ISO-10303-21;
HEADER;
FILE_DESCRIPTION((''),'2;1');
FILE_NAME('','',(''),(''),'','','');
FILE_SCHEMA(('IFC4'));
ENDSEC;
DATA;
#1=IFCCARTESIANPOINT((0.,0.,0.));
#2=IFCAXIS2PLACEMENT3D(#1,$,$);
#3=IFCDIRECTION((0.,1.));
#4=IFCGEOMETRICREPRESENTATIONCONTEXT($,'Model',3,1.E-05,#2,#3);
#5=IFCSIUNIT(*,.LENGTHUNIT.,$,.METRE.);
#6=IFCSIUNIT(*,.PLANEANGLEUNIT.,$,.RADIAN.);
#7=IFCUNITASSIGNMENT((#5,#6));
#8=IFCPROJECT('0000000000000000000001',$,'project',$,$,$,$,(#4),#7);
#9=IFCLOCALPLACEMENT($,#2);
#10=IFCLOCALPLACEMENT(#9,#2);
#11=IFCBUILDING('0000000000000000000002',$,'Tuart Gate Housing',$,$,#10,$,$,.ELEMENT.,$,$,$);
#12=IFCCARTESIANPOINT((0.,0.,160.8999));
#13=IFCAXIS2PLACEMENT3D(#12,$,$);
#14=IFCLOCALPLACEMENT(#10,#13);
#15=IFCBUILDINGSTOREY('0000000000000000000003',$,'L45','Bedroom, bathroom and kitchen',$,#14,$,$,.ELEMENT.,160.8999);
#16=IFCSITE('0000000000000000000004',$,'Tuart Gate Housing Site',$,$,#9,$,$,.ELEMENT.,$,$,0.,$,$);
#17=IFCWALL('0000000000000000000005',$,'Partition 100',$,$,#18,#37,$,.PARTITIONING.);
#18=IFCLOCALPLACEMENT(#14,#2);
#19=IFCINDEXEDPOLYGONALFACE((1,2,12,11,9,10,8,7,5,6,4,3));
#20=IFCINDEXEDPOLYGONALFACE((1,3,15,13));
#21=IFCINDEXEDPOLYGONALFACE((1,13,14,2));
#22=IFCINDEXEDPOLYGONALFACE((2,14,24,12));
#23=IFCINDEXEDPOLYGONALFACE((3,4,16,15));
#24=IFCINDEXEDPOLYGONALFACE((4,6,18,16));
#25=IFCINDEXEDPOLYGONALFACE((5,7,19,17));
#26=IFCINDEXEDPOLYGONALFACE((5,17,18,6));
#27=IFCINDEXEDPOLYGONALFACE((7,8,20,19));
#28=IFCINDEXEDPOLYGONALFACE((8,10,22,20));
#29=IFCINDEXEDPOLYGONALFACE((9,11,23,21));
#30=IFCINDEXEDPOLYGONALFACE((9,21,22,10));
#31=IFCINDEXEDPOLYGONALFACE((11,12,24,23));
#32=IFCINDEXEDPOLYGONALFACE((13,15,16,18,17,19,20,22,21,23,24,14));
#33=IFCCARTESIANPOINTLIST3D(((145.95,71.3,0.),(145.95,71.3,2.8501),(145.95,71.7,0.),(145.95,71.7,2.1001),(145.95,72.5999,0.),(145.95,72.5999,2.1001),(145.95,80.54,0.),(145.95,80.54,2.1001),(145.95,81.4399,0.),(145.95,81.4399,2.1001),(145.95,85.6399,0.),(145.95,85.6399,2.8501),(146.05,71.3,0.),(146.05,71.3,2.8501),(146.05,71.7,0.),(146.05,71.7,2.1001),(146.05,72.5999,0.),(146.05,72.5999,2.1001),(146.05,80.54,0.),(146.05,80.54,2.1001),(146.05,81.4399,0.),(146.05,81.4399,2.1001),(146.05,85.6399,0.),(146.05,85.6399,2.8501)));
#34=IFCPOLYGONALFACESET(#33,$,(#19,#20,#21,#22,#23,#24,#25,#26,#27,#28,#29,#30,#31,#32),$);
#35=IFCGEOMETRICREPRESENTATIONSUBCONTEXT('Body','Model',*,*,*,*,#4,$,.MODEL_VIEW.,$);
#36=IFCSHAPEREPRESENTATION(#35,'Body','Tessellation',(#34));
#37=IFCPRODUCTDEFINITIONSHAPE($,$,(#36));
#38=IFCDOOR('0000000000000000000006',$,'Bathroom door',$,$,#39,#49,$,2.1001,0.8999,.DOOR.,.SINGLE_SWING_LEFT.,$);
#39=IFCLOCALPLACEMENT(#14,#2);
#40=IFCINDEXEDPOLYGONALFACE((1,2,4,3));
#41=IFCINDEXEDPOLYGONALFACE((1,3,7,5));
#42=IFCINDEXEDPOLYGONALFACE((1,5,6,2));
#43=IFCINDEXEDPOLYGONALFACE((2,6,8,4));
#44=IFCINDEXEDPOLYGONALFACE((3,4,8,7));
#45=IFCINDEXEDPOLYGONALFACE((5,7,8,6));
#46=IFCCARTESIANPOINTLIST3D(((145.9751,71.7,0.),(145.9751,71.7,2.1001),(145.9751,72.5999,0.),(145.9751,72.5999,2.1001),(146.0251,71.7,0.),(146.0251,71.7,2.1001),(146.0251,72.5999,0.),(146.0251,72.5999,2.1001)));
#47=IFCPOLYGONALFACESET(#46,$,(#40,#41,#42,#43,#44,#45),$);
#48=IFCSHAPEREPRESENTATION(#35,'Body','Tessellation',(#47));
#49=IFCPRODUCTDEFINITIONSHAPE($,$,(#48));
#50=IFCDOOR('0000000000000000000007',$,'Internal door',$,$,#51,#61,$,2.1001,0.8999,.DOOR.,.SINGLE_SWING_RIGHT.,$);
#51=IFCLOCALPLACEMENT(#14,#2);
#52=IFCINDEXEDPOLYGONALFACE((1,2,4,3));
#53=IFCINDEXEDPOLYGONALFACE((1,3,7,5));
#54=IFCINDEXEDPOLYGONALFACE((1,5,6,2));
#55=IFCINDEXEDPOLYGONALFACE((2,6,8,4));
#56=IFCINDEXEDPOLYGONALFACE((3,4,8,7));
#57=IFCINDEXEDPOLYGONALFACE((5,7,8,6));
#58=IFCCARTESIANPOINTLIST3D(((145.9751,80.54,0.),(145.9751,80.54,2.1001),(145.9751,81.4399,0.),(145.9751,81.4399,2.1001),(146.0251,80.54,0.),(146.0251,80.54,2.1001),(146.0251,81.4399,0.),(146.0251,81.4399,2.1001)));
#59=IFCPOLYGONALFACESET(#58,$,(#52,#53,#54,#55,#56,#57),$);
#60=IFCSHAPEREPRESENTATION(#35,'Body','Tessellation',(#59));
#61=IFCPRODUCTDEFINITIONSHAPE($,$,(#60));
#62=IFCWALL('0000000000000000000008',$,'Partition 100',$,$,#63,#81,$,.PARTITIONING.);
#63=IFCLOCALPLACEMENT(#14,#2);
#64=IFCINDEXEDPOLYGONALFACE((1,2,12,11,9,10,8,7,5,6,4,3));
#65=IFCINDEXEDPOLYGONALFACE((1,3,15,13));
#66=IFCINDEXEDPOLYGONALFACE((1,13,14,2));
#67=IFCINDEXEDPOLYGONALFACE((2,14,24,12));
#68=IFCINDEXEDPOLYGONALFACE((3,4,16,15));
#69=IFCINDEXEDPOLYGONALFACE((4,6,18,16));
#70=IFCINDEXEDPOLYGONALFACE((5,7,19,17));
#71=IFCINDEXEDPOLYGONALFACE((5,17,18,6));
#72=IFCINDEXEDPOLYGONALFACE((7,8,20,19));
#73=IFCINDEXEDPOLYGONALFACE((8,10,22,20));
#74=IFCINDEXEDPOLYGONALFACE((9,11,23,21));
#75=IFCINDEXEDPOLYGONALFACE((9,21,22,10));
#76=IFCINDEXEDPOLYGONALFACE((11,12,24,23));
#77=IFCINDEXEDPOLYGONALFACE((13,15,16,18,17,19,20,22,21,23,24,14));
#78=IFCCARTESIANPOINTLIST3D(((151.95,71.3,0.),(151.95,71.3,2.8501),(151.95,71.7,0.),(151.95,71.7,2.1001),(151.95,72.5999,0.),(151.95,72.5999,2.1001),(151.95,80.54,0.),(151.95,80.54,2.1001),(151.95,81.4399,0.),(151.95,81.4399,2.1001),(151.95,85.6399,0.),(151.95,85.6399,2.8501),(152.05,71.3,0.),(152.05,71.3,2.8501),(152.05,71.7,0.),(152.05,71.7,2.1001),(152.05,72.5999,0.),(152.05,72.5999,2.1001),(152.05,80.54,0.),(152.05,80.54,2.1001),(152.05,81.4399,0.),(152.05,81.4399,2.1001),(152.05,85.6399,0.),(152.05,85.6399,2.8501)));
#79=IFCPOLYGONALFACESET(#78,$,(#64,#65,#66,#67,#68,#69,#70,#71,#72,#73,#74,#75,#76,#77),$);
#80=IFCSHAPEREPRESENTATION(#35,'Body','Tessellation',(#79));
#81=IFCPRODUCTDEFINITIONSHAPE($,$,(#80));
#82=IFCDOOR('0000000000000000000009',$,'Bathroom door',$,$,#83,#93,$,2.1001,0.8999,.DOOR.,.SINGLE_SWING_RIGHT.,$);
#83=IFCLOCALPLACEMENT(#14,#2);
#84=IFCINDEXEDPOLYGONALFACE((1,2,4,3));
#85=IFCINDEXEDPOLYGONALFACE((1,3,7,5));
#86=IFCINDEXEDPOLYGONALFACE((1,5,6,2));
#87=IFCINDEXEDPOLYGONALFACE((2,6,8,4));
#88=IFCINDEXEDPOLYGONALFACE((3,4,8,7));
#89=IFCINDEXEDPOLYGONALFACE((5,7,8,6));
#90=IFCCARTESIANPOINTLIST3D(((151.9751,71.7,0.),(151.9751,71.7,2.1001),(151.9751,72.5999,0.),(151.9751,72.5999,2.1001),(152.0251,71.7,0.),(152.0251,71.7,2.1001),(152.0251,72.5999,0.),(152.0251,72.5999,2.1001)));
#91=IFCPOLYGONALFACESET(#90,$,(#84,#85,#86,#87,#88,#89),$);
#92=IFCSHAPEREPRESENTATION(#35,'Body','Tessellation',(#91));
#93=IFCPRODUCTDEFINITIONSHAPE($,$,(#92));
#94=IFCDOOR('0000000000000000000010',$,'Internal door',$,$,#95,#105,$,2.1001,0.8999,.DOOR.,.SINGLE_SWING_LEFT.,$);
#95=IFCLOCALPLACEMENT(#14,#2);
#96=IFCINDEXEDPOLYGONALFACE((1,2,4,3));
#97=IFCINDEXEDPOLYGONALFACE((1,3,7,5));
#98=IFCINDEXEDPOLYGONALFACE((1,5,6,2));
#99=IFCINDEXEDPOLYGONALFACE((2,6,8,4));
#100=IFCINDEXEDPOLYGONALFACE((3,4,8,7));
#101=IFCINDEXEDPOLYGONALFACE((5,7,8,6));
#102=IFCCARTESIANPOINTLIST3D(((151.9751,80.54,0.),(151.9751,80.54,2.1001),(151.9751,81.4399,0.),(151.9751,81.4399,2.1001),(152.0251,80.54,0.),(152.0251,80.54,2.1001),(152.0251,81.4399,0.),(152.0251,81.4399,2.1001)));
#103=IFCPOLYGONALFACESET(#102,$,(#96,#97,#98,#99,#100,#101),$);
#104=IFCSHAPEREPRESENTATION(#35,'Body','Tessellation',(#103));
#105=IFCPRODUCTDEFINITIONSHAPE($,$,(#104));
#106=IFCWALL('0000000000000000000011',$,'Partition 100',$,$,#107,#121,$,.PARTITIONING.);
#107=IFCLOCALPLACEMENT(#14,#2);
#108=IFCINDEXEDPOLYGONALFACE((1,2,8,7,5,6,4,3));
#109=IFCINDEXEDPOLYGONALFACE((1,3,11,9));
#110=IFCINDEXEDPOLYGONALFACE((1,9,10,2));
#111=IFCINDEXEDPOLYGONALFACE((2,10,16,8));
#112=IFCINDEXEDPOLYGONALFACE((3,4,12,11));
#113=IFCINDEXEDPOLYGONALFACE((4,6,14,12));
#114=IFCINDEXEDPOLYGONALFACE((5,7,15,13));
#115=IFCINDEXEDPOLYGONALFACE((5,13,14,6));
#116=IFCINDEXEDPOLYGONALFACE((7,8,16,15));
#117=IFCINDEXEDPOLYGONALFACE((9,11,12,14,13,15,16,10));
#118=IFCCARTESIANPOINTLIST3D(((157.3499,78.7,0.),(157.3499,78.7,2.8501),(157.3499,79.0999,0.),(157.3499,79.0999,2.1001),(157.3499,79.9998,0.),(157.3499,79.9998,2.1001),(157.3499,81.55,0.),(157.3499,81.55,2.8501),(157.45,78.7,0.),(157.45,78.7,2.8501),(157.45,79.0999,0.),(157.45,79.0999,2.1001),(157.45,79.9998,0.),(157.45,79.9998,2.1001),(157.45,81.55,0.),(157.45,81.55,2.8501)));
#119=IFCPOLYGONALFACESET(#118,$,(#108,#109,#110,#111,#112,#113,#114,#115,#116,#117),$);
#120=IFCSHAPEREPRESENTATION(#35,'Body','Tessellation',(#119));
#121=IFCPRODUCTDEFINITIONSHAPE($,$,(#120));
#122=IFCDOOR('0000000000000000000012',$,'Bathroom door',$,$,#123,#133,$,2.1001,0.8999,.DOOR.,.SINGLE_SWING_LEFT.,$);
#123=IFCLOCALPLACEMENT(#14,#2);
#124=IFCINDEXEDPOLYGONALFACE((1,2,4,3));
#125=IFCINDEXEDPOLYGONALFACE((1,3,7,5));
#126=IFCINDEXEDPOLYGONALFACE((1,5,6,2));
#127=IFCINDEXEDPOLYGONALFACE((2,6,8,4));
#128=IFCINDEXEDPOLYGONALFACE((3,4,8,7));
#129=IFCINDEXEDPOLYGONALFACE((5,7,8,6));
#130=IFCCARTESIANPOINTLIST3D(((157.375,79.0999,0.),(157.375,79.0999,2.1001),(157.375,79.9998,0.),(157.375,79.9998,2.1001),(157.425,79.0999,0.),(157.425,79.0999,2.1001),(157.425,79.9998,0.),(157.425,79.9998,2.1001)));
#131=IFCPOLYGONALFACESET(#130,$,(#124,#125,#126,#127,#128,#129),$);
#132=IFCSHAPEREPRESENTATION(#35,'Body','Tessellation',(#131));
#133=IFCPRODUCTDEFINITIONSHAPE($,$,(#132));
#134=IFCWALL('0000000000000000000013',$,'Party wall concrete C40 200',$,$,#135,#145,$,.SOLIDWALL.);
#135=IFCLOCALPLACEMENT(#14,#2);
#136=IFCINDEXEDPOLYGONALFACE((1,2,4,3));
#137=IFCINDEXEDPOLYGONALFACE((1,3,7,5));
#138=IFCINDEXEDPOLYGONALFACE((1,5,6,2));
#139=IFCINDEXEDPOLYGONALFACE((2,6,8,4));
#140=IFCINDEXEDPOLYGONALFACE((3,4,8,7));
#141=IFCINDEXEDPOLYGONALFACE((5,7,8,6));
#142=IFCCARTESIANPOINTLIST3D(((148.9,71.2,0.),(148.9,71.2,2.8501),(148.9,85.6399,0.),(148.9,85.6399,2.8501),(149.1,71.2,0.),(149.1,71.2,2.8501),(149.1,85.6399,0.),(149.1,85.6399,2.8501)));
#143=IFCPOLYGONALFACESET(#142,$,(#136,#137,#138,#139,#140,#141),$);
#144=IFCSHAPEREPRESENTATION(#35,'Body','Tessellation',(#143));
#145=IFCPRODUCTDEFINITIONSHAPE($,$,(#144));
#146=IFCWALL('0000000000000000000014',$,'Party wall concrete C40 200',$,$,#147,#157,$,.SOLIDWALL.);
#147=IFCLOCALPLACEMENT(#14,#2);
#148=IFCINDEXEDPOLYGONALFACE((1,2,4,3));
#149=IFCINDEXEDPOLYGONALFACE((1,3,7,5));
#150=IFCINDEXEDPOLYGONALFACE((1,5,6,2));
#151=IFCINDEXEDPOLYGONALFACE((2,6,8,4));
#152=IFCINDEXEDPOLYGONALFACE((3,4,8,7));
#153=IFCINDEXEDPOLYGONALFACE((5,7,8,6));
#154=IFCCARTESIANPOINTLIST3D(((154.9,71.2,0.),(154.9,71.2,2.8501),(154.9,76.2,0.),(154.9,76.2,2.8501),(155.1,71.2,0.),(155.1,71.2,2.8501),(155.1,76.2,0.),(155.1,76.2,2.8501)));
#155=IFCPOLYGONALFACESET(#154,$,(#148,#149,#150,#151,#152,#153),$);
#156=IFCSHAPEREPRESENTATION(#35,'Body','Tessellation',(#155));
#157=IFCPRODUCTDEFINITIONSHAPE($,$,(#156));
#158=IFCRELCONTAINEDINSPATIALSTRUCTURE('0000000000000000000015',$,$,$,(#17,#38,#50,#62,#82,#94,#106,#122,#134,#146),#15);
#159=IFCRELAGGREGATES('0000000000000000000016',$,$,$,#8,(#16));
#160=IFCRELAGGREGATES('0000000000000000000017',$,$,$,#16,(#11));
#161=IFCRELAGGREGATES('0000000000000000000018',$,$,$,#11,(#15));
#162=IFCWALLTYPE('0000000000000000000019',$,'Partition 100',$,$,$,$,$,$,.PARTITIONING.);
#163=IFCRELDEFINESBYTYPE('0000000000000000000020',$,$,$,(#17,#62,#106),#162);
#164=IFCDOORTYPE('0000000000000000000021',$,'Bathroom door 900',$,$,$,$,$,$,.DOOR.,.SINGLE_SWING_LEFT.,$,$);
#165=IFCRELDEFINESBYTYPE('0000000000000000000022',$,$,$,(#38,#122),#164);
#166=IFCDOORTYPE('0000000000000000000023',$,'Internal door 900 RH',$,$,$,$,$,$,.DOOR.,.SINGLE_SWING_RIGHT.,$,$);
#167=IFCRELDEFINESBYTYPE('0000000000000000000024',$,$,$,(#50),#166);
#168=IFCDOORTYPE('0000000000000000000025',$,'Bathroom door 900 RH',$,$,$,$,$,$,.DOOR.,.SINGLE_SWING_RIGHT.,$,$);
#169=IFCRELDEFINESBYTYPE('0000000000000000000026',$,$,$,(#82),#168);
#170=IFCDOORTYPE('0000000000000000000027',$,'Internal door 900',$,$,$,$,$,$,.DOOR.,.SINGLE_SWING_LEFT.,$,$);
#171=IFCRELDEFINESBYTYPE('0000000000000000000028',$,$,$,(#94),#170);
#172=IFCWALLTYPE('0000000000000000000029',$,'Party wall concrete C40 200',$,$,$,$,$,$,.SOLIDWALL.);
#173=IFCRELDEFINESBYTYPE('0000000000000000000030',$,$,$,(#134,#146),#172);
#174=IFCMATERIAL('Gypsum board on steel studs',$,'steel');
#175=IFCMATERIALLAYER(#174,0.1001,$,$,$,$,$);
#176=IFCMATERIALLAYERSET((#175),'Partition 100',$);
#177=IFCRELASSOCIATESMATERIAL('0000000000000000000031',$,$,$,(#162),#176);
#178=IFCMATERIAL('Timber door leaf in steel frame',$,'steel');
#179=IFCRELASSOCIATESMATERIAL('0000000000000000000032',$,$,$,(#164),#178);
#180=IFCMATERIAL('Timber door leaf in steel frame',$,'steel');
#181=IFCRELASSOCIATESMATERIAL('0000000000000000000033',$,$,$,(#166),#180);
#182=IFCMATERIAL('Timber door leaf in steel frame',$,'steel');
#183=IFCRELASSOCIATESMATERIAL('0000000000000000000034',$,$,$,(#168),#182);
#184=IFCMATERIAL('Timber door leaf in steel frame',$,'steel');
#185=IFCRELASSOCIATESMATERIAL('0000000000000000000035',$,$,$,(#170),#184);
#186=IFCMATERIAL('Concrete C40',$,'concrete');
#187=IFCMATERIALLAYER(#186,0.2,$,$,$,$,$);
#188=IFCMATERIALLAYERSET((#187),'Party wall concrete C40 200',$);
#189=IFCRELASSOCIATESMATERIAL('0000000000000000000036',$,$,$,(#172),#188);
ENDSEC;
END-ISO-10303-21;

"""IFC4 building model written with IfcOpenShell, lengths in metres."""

from ifc_helpers import new_model, si_unit, direction, frame, frame_2d, origin, place, context, subcontext, project, spatial, rectangle, extrude, material, layer, layer_set, type_object, element, fill, save


model = new_model("IFC4")

# Units and contexts
model_context = context("Model", 3, precision=1e-05, world=origin(), true_north=direction((0.0, 1.0)))
body_context = subcontext(model_context, "Body", "Model", "MODEL_VIEW")
ifc_project = project(units=[si_unit("LENGTHUNIT", "METRE"), si_unit("PLANEANGLEUNIT", "RADIAN")], contexts=[model_context])

# Site, building, storey
site_placement = place(None, origin())
site = spatial("IfcSite", under=ifc_project, at=site_placement, Name="Tuart Gate Housing Site", CompositionType="ELEMENT", RefElevation=0.0)
building_placement = place(site_placement, origin())
building = spatial("IfcBuilding", under=site, at=building_placement, Name="Tuart Gate Housing", CompositionType="ELEMENT")
storey_placement = place(building_placement, frame((0.0, 0.0, 160.8999)))
storey = spatial("IfcBuildingStorey", under=building, at=storey_placement, Name="L45", Description="Bedroom, bathroom and kitchen", CompositionType="ELEMENT", Elevation=160.8999)

# Shared definitions
ifc_material_1 = material(Name="Gypsum board on steel studs", Category="steel")
ifc_layer_1 = layer(ifc_material_1, 0.1001)
ifc_layer_set_1 = layer_set([ifc_layer_1], Name="Partition 100")
wall_type_1 = type_object("IfcWallType", Name="Partition 100", PredefinedType="PARTITIONING", material=ifc_layer_set_1)

# Walls, openings, doors
wall_1_placement = place(storey_placement, frame((146.0, 71.3, 0.0), z_axis=(0.0, 0.0, 1.0), x_axis=(0.0, 1.0, 0.0)))
wall_1 = element("IfcWall", 1, at=wall_1_placement, inside=storey, type_object=wall_type_1, Name="Partition 100", PredefinedType="PARTITIONING", context=body_context, shape_type="SweptSolid", body=[
    extrude(rectangle(XDim=14.3398, YDim=0.1001, at=frame_2d((7.1699, 0.0))), origin(), (0.0, 0.0, 1.0), 2.8501),
])
opening_1_placement = place(wall_1_placement, frame((9.24, 0.0, 0.0)))
opening_1 = element("IfcOpeningElement", 2, at=opening_1_placement, cuts=wall_1, PredefinedType="OPENING", context=body_context, shape_type="SweptSolid", body=[
    extrude(rectangle(XDim=0.8999, YDim=2.1001, at=frame_2d((0.45, 1.05))), frame((0.0, 0.0601, 0.0), z_axis=(0.0, -1.0, 0.0), x_axis=(1.0, 0.0, 0.0)), (0.0, 0.0, 1.0), 0.1201),
])
opening_2_placement = place(wall_1_placement, frame((0.3999, 0.0, 0.0)))
opening_2 = element("IfcOpeningElement", 3, at=opening_2_placement, cuts=wall_1, PredefinedType="OPENING", context=body_context, shape_type="SweptSolid", body=[
    extrude(rectangle(XDim=0.8999, YDim=2.1001, at=frame_2d((0.45, 1.05))), frame((0.0, 0.0601, 0.0), z_axis=(0.0, -1.0, 0.0), x_axis=(1.0, 0.0, 0.0)), (0.0, 0.0, 1.0), 0.1201),
])
ifc_material_2 = material(Name="Timber door leaf in steel frame", Category="steel")
door_type_1 = type_object("IfcDoorType", Name="Bathroom door 900", OperationType="SINGLE_SWING_LEFT", PredefinedType="DOOR", material=ifc_material_2)
door_1_placement = place(opening_2_placement, origin())
door_1 = element("IfcDoor", 4, at=door_1_placement, inside=storey, type_object=door_type_1, Name="Bathroom door", OperationType="SINGLE_SWING_LEFT", OverallHeight=2.1001, OverallWidth=0.8999, PredefinedType="DOOR", context=body_context, shape_type="SweptSolid", body=[
    extrude(rectangle(XDim=0.8999, YDim=2.1001, at=frame_2d((0.45, 1.05))), frame((0.0, 0.0249, 0.0), z_axis=(0.0, -1.0, 0.0), x_axis=(1.0, 0.0, 0.0)), (0.0, 0.0, 1.0), 0.05),
])
fill(opening_2, door_1)
ifc_material_3 = material(Name="Timber door leaf in steel frame", Category="steel")
door_type_2 = type_object("IfcDoorType", Name="Internal door 900 RH", OperationType="SINGLE_SWING_RIGHT", PredefinedType="DOOR", material=ifc_material_3)
door_2_placement = place(opening_1_placement, origin())
door_2 = element("IfcDoor", 5, at=door_2_placement, inside=storey, type_object=door_type_2, Name="Internal door", OperationType="SINGLE_SWING_RIGHT", OverallHeight=2.1001, OverallWidth=0.8999, PredefinedType="DOOR", context=body_context, shape_type="SweptSolid", body=[
    extrude(rectangle(XDim=0.8999, YDim=2.1001, at=frame_2d((0.45, 1.05))), frame((0.0, 0.0249, 0.0), z_axis=(0.0, -1.0, 0.0), x_axis=(1.0, 0.0, 0.0)), (0.0, 0.0, 1.0), 0.05),
])
fill(opening_1, door_2)
wall_2_placement = place(storey_placement, frame((152.0, 71.3, 0.0), z_axis=(0.0, 0.0, 1.0), x_axis=(0.0, 1.0, 0.0)))
wall_2 = element("IfcWall", 6, at=wall_2_placement, inside=storey, type_object=wall_type_1, Name="Partition 100", PredefinedType="PARTITIONING", context=body_context, shape_type="SweptSolid", body=[
    extrude(rectangle(XDim=14.3398, YDim=0.1001, at=frame_2d((7.1699, 0.0))), origin(), (0.0, 0.0, 1.0), 2.8501),
])
opening_3_placement = place(wall_2_placement, frame((9.24, 0.0, 0.0)))
opening_3 = element("IfcOpeningElement", 7, at=opening_3_placement, cuts=wall_2, PredefinedType="OPENING", context=body_context, shape_type="SweptSolid", body=[
    extrude(rectangle(XDim=0.8999, YDim=2.1001, at=frame_2d((0.45, 1.05))), frame((0.0, 0.0601, 0.0), z_axis=(0.0, -1.0, 0.0), x_axis=(1.0, 0.0, 0.0)), (0.0, 0.0, 1.0), 0.1201),
])
opening_4_placement = place(wall_2_placement, frame((0.3999, 0.0, 0.0)))
opening_4 = element("IfcOpeningElement", 8, at=opening_4_placement, cuts=wall_2, PredefinedType="OPENING", context=body_context, shape_type="SweptSolid", body=[
    extrude(rectangle(XDim=0.8999, YDim=2.1001, at=frame_2d((0.45, 1.05))), frame((0.0, 0.0601, 0.0), z_axis=(0.0, -1.0, 0.0), x_axis=(1.0, 0.0, 0.0)), (0.0, 0.0, 1.0), 0.1201),
])
ifc_material_4 = material(Name="Timber door leaf in steel frame", Category="steel")
door_type_3 = type_object("IfcDoorType", Name="Bathroom door 900 RH", OperationType="SINGLE_SWING_RIGHT", PredefinedType="DOOR", material=ifc_material_4)
door_3_placement = place(opening_4_placement, frame((0.8999, 0.0, 0.0), z_axis=(0.0, 0.0, 1.0), x_axis=(-1.0, 0.0, 0.0)))
door_3 = element("IfcDoor", 9, at=door_3_placement, inside=storey, type_object=door_type_3, Name="Bathroom door", OperationType="SINGLE_SWING_RIGHT", OverallHeight=2.1001, OverallWidth=0.8999, PredefinedType="DOOR", context=body_context, shape_type="SweptSolid", body=[
    extrude(rectangle(XDim=0.8999, YDim=2.1001, at=frame_2d((0.45, 1.05))), frame((0.0, 0.0251, 0.0), z_axis=(0.0, -1.0, 0.0), x_axis=(1.0, 0.0, 0.0)), (0.0, 0.0, 1.0), 0.05),
])
fill(opening_4, door_3)
ifc_material_5 = material(Name="Timber door leaf in steel frame", Category="steel")
door_type_4 = type_object("IfcDoorType", Name="Internal door 900", OperationType="SINGLE_SWING_LEFT", PredefinedType="DOOR", material=ifc_material_5)
door_4_placement = place(opening_3_placement, frame((0.8999, 0.0, 0.0), z_axis=(0.0, 0.0, 1.0), x_axis=(-1.0, 0.0, 0.0)))
door_4 = element("IfcDoor", 10, at=door_4_placement, inside=storey, type_object=door_type_4, Name="Internal door", OperationType="SINGLE_SWING_LEFT", OverallHeight=2.1001, OverallWidth=0.8999, PredefinedType="DOOR", context=body_context, shape_type="SweptSolid", body=[
    extrude(rectangle(XDim=0.8999, YDim=2.1001, at=frame_2d((0.45, 1.05))), frame((0.0, 0.0251, 0.0), z_axis=(0.0, -1.0, 0.0), x_axis=(1.0, 0.0, 0.0)), (0.0, 0.0, 1.0), 0.05),
])
fill(opening_3, door_4)

# Wall, opening, door
wall_3_placement = place(storey_placement, frame((157.3999, 78.7, 0.0), z_axis=(0.0, 0.0, 1.0), x_axis=(0.0, 1.0, 0.0)))
wall_3 = element("IfcWall", 11, at=wall_3_placement, inside=storey, type_object=wall_type_1, Name="Partition 100", PredefinedType="PARTITIONING", context=body_context, shape_type="SweptSolid", body=[
    extrude(rectangle(XDim=2.8501, YDim=0.1001, at=frame_2d((1.425, 0.0))), origin(), (0.0, 0.0, 1.0), 2.8501),
])
opening_5_placement = place(wall_3_placement, frame((0.3999, 0.0, 0.0)))
opening_5 = element("IfcOpeningElement", 12, at=opening_5_placement, cuts=wall_3, PredefinedType="OPENING", context=body_context, shape_type="SweptSolid", body=[
    extrude(rectangle(XDim=0.8999, YDim=2.1001, at=frame_2d((0.45, 1.05))), frame((0.0, 0.0601, 0.0), z_axis=(0.0, -1.0, 0.0), x_axis=(1.0, 0.0, 0.0)), (0.0, 0.0, 1.0), 0.1201),
])
door_5_placement = place(opening_5_placement, origin())
door_5 = element("IfcDoor", 13, at=door_5_placement, inside=storey, type_object=door_type_1, Name="Bathroom door", OperationType="SINGLE_SWING_LEFT", OverallHeight=2.1001, OverallWidth=0.8999, PredefinedType="DOOR", context=body_context, shape_type="SweptSolid", body=[
    extrude(rectangle(XDim=0.8999, YDim=2.1001, at=frame_2d((0.45, 1.05))), frame((0.0, 0.0249, 0.0), z_axis=(0.0, -1.0, 0.0), x_axis=(1.0, 0.0, 0.0)), (0.0, 0.0, 1.0), 0.05),
])
fill(opening_5, door_5)

# Walls
ifc_material_6 = material(Name="Concrete C40", Category="concrete")
ifc_layer_2 = layer(ifc_material_6, 0.2)
ifc_layer_set_2 = layer_set([ifc_layer_2], Name="Party wall concrete C40 200")
wall_type_2 = type_object("IfcWallType", Name="Party wall concrete C40 200", PredefinedType="SOLIDWALL", material=ifc_layer_set_2)
wall_4_placement = place(storey_placement, frame((149.0, 71.2, 0.0), z_axis=(0.0, 0.0, 1.0), x_axis=(0.0, 1.0, 0.0)))
element("IfcWall", 14, at=wall_4_placement, inside=storey, type_object=wall_type_2, Name="Party wall concrete C40 200", PredefinedType="SOLIDWALL", context=body_context, shape_type="SweptSolid", body=[
    extrude(rectangle(XDim=14.4399, YDim=0.2, at=frame_2d((7.22, 0.0))), origin(), (0.0, 0.0, 1.0), 2.8501),
])
wall_5_placement = place(storey_placement, frame((155.0, 71.2, 0.0), z_axis=(0.0, 0.0, 1.0), x_axis=(0.0, 1.0, 0.0)))
element("IfcWall", 15, at=wall_5_placement, inside=storey, type_object=wall_type_2, Name="Party wall concrete C40 200", PredefinedType="SOLIDWALL", context=body_context, shape_type="SweptSolid", body=[
    extrude(rectangle(XDim=5.0, YDim=0.2, at=frame_2d((2.5, 0.0))), origin(), (0.0, 0.0, 1.0), 2.8501),
])

save(model, "model.ifc")
